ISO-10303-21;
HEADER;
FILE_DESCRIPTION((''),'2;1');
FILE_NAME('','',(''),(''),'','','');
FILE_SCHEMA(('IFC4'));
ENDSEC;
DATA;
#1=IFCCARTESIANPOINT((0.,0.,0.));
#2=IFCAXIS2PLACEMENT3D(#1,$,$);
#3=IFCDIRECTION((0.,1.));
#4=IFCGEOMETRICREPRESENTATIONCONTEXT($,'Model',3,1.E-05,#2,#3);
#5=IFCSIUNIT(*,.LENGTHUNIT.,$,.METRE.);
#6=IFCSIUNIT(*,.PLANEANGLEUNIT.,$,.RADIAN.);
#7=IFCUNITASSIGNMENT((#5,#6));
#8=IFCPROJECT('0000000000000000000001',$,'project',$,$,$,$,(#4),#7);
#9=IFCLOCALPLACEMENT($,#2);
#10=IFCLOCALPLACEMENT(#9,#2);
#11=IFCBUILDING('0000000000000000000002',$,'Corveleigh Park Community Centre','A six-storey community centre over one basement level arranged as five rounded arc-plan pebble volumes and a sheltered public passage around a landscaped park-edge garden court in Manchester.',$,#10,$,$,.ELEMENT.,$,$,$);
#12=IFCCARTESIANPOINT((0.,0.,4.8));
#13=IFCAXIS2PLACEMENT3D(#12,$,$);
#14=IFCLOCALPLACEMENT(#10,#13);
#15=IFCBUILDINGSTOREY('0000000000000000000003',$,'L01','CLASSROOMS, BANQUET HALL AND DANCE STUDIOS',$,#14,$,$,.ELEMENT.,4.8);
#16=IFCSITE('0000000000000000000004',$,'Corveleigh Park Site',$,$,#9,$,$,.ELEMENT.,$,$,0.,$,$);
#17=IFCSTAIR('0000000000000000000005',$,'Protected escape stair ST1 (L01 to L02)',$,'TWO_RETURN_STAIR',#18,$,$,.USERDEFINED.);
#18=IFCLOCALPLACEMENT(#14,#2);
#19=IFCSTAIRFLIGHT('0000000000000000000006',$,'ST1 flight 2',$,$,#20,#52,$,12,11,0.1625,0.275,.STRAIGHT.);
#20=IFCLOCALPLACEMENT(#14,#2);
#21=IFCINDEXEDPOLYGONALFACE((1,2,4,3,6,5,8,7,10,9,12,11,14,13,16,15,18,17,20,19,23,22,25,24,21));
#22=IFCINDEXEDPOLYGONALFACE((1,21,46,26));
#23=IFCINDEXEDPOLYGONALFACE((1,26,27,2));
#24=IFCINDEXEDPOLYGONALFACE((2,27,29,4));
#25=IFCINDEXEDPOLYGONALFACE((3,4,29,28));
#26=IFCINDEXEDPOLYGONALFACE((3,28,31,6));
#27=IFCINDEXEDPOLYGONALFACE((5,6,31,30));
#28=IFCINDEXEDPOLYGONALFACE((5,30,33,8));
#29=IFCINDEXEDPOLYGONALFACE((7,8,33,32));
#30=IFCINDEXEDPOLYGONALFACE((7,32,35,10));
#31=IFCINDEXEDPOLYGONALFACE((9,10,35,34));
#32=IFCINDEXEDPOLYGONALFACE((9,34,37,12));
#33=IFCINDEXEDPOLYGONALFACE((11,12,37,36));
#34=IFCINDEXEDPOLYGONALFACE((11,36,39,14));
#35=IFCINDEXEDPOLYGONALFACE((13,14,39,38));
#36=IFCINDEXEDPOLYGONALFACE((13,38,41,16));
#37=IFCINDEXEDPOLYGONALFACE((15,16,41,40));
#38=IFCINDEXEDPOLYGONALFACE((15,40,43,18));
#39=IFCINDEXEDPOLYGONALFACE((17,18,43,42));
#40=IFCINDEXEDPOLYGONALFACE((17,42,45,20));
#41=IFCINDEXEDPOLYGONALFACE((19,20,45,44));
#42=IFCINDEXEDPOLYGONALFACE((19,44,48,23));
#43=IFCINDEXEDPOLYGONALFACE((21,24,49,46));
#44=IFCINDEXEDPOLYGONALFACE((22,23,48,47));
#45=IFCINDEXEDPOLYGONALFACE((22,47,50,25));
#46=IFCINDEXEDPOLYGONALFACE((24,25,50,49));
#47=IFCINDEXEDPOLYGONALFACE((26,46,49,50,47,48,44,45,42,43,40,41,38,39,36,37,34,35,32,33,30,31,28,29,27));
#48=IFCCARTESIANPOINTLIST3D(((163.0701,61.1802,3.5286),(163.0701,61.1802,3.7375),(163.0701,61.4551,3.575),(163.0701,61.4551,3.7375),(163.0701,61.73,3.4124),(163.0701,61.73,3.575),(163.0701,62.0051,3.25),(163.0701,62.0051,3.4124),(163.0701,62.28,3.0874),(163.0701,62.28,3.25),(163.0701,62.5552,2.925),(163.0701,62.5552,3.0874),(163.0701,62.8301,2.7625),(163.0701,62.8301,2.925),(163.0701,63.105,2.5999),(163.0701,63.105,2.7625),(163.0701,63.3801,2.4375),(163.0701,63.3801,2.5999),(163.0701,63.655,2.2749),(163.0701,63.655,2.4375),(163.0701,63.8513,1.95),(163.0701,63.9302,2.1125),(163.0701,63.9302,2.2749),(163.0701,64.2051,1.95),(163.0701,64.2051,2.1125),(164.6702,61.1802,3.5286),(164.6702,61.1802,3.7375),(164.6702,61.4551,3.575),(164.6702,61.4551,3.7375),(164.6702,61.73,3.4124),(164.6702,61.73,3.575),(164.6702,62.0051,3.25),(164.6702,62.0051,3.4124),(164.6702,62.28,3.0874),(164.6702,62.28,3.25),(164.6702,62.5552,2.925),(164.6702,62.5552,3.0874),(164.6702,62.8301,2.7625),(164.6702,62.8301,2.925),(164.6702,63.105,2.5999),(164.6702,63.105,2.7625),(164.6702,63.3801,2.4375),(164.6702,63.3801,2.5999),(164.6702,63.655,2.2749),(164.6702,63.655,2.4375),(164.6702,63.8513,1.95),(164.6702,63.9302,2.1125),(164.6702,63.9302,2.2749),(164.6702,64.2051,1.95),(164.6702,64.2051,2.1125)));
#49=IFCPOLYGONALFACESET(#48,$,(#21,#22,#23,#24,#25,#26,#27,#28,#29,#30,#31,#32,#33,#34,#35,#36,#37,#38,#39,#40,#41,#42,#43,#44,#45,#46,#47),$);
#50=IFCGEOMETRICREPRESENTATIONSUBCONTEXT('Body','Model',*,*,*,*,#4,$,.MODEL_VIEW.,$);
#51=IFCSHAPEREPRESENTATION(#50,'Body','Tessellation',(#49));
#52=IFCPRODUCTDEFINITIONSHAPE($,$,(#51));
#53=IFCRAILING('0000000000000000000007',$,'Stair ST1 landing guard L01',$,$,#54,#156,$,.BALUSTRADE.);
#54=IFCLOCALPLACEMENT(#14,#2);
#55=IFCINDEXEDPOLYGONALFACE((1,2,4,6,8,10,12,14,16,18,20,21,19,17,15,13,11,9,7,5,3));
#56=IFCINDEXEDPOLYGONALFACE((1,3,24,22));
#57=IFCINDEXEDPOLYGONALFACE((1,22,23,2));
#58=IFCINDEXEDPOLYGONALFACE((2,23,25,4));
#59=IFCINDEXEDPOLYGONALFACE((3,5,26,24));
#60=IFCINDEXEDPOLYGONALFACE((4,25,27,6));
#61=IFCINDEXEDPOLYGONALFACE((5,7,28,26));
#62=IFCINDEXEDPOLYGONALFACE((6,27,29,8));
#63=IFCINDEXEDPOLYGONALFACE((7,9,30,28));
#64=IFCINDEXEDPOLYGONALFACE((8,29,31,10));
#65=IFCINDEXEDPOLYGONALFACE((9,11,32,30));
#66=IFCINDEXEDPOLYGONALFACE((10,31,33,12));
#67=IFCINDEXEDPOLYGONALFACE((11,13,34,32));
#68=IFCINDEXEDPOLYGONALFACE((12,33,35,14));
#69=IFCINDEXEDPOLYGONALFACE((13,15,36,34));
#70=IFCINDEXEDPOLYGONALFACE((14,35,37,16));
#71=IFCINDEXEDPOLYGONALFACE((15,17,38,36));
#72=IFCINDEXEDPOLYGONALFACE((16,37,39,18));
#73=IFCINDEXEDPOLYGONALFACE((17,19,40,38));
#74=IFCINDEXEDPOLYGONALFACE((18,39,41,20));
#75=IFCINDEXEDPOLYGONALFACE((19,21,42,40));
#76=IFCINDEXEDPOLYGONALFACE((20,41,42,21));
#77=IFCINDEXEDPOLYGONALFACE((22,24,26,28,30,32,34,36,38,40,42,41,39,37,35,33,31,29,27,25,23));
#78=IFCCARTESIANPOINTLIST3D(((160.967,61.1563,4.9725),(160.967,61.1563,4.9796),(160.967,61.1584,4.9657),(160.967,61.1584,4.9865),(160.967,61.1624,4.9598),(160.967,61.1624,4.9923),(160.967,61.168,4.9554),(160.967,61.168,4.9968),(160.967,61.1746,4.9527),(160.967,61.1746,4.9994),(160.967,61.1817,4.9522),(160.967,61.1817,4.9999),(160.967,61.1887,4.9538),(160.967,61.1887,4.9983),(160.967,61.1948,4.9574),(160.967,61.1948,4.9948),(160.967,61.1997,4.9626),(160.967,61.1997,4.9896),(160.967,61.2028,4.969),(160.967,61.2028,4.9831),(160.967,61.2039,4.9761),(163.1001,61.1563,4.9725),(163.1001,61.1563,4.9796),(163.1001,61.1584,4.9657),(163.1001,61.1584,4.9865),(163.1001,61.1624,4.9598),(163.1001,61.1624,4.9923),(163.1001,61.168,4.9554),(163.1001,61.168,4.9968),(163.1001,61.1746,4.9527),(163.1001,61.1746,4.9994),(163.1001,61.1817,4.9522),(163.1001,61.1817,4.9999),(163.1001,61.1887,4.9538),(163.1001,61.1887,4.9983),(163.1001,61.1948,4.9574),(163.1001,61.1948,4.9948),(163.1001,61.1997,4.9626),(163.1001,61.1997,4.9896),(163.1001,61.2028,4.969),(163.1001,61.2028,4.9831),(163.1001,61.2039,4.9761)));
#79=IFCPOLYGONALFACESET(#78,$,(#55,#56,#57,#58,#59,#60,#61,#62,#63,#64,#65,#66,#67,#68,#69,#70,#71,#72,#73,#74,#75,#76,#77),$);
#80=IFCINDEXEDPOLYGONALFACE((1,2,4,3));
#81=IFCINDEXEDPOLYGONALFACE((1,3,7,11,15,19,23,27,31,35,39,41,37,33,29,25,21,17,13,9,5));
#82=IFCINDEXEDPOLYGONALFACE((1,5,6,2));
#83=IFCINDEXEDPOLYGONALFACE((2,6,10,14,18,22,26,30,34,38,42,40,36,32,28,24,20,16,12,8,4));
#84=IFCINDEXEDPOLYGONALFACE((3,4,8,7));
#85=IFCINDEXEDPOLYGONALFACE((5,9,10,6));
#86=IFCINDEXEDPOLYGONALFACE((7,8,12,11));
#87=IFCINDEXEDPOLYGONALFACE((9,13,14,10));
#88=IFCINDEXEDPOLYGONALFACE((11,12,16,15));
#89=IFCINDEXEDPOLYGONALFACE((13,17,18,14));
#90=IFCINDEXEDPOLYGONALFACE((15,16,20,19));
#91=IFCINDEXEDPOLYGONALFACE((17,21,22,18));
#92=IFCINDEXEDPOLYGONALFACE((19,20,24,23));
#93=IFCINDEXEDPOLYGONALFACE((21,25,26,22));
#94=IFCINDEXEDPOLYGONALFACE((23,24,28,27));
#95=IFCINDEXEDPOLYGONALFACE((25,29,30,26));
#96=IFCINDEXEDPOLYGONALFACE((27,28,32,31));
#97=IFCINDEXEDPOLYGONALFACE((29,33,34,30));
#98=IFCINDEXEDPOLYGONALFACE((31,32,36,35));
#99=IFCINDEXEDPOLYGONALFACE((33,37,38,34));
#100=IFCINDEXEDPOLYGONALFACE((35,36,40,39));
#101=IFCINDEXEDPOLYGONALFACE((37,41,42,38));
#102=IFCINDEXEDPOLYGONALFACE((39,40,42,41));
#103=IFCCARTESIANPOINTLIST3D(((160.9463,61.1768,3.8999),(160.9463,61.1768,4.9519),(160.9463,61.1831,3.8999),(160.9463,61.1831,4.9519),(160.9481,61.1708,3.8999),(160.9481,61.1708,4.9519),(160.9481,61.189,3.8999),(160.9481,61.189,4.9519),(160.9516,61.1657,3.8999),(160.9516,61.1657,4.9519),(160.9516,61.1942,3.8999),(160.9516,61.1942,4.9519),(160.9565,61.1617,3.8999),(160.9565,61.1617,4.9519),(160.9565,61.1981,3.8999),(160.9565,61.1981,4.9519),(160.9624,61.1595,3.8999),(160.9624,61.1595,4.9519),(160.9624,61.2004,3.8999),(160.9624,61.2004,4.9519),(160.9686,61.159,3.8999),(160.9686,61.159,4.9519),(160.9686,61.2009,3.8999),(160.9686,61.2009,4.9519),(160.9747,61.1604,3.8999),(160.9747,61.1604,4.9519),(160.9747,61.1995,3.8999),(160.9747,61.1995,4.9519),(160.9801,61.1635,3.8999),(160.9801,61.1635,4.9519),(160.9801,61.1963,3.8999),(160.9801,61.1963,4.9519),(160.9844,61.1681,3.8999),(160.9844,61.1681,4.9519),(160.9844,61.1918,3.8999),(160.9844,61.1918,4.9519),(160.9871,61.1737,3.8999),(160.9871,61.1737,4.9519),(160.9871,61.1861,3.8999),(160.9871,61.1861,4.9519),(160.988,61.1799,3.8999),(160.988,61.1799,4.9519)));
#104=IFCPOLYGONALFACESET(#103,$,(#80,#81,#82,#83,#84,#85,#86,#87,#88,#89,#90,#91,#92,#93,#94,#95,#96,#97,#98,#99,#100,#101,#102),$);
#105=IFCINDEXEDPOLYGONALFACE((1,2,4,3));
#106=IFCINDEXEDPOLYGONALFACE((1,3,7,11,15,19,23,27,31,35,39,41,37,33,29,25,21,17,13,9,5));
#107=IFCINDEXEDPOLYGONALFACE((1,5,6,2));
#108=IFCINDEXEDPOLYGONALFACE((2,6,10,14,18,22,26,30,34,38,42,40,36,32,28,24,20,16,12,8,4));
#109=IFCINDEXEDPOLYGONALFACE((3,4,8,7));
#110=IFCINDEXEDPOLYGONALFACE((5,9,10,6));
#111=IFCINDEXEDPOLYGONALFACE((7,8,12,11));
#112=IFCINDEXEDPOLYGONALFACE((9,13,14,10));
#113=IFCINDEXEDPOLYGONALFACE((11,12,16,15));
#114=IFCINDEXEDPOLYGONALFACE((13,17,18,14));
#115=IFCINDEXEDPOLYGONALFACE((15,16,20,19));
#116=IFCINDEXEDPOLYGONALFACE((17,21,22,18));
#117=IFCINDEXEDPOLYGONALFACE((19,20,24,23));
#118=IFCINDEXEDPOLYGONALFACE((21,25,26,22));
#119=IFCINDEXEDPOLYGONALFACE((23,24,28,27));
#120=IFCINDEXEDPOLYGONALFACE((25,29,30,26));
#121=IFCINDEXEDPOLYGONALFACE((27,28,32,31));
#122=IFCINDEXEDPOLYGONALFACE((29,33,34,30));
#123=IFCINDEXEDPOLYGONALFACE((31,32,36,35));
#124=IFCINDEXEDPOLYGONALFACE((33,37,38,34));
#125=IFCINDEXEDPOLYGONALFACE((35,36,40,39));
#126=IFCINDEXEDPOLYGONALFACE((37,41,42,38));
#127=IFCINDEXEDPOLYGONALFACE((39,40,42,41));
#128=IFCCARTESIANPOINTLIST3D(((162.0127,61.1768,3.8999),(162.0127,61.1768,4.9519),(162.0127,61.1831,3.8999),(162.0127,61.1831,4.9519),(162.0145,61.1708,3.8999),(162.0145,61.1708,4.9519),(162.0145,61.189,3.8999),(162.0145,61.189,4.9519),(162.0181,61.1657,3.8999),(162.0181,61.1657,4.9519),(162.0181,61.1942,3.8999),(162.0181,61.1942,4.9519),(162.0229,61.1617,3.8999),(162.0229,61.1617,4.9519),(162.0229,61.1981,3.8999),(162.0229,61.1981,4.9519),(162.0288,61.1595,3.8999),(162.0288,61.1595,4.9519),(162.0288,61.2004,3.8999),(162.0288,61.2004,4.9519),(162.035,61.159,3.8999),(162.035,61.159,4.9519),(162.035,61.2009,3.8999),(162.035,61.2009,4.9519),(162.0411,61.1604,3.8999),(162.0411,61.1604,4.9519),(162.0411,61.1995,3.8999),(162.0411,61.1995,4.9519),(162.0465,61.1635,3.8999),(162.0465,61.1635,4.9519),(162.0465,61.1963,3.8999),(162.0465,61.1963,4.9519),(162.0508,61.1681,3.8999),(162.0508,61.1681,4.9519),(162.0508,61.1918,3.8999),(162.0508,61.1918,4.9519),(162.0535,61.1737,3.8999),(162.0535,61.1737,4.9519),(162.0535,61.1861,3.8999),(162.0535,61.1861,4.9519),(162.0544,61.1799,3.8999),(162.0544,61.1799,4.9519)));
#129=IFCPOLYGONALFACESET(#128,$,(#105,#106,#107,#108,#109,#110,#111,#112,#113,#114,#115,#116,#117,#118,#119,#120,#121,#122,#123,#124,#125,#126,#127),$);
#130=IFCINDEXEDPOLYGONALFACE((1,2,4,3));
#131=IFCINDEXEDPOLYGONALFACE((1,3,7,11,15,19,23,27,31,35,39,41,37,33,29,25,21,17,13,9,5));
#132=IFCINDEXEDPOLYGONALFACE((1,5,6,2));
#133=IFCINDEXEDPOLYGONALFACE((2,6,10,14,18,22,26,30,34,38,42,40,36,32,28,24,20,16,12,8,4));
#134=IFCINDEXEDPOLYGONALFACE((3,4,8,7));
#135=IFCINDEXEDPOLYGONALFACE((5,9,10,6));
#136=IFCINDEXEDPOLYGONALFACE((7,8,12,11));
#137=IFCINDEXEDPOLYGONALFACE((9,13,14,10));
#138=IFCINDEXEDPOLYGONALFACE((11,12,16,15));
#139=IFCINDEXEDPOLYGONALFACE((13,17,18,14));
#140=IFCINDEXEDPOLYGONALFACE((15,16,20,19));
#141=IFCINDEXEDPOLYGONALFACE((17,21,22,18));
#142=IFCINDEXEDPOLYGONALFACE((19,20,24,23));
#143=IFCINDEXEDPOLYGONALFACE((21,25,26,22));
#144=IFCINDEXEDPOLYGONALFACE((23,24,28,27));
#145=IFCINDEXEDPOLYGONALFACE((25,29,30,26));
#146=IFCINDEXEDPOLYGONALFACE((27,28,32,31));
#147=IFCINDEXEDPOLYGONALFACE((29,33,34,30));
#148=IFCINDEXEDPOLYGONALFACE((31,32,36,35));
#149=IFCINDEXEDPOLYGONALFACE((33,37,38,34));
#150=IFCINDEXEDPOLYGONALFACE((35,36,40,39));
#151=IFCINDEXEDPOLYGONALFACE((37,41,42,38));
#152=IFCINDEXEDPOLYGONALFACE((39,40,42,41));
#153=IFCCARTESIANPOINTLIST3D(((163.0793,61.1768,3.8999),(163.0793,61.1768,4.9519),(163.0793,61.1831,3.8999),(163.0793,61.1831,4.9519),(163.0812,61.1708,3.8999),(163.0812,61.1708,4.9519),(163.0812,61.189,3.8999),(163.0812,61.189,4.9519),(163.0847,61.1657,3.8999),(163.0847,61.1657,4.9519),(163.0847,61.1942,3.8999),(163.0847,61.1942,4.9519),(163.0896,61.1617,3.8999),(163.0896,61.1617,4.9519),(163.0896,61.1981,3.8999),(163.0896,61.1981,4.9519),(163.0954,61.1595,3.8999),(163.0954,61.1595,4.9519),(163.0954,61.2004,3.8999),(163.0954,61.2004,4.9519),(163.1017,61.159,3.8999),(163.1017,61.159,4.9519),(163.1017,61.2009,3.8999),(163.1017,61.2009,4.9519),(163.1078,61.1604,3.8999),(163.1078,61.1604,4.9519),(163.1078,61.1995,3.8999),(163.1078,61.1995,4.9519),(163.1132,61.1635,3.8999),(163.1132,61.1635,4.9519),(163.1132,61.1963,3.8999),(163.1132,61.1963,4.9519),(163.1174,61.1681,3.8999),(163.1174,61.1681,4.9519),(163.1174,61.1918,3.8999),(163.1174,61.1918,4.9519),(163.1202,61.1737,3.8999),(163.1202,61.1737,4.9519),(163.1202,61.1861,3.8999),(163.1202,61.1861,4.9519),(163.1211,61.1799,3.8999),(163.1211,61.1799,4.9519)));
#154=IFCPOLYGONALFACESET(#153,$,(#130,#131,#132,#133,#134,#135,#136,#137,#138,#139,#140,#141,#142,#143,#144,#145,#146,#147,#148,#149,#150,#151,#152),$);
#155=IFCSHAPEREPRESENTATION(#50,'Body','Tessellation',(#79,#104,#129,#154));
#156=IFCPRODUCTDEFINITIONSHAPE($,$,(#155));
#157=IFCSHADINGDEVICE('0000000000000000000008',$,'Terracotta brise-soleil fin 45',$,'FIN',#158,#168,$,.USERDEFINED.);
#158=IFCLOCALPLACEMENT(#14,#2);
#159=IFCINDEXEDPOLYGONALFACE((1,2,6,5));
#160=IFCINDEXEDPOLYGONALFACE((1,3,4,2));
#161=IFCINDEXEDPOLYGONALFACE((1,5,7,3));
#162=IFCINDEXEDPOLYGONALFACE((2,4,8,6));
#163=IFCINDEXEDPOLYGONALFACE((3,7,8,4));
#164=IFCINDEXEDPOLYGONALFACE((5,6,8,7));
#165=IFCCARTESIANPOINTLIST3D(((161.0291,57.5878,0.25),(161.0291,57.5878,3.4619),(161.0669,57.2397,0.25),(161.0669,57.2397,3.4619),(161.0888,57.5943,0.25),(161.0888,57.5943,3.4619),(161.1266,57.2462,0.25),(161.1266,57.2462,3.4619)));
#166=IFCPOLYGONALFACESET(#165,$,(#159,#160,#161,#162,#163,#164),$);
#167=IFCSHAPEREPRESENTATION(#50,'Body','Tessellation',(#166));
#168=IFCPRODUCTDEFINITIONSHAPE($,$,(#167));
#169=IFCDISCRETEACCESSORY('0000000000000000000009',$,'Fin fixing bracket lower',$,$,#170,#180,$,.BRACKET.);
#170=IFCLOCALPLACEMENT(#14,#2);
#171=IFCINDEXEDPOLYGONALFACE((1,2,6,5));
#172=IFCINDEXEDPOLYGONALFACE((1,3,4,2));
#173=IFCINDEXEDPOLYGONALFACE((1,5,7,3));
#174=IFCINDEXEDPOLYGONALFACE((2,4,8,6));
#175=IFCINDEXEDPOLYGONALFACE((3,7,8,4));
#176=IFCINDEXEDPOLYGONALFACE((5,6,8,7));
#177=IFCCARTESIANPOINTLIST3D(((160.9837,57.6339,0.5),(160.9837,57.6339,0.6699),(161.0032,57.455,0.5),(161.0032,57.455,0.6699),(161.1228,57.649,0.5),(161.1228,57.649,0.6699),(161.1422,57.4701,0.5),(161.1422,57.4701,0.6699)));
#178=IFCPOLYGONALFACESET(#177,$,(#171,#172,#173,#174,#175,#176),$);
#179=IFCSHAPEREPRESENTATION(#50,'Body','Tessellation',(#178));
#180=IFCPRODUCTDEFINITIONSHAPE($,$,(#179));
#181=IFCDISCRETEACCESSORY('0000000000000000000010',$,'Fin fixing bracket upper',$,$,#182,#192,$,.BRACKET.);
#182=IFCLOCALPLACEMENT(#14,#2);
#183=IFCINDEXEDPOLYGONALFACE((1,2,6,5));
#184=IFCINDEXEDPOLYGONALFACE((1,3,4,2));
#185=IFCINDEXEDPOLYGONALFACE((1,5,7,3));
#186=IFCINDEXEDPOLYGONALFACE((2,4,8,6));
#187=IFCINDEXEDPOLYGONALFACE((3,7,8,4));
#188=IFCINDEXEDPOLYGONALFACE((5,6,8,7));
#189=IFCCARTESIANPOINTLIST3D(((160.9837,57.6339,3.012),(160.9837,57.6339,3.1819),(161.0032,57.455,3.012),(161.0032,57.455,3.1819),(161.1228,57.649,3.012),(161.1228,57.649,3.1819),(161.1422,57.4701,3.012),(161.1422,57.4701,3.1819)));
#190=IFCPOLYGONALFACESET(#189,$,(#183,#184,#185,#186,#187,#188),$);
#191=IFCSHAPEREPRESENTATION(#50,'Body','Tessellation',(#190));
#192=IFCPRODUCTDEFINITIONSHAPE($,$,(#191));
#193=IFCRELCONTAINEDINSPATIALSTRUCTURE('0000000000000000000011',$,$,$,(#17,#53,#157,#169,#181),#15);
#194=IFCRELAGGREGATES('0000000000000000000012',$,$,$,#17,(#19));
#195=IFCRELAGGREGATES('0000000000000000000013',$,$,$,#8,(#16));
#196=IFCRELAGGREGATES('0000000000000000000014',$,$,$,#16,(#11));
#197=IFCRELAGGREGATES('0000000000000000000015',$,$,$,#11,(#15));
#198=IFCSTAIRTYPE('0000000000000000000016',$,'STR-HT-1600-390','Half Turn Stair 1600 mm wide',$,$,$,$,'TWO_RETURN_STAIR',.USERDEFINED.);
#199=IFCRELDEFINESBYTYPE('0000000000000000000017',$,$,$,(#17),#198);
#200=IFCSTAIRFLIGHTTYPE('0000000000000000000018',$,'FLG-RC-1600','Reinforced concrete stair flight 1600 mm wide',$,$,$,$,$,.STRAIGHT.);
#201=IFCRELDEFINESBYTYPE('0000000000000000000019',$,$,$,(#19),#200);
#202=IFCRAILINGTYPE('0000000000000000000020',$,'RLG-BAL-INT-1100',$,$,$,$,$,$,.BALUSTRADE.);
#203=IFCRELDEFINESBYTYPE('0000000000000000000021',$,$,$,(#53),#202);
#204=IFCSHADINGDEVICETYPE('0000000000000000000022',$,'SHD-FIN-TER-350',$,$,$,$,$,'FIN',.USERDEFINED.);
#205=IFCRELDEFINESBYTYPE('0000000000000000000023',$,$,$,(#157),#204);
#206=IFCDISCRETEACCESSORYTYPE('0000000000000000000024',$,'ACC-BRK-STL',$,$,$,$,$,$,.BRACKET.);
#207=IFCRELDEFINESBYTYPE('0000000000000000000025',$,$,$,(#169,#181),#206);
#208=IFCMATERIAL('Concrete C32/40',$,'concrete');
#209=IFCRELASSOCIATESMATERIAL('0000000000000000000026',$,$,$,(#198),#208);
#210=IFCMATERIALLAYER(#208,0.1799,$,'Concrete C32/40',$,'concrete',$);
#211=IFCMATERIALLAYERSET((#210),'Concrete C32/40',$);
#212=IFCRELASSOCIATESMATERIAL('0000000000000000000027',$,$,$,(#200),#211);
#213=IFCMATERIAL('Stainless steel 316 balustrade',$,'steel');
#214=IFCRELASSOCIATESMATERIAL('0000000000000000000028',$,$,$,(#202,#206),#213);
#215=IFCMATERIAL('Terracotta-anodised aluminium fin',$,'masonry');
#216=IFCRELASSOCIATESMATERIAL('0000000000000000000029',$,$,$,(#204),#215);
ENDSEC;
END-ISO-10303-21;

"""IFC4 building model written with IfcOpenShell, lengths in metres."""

from ifc_helpers import new_model, si_unit, direction, frame, origin, origin_2d, place, context, subcontext, project, spatial, polyline, rectangle, circle, outline, extrude, material, layer, layer_set, type_object, element, aggregate, save


model = new_model("IFC4")

# Units and contexts
model_context = context("Model", 3, precision=1e-05, world=origin(), true_north=direction((0.0, 1.0)))
body_context = subcontext(model_context, "Body", "Model", "MODEL_VIEW")
ifc_project = project(units=[si_unit("LENGTHUNIT", "METRE"), si_unit("PLANEANGLEUNIT", "RADIAN")], contexts=[model_context])

# Site, building, storey
site_placement = place(None, origin())
site = spatial("IfcSite", under=ifc_project, at=site_placement, Name="Corveleigh Park Site", CompositionType="ELEMENT", RefElevation=0.0)
building_placement = place(site_placement, origin())
building = spatial("IfcBuilding", under=site, at=building_placement, Name="Corveleigh Park Community Centre", Description="A six-storey community centre over one basement level arranged as five rounded arc-plan pebble volumes and a sheltered public passage around a landscaped park-edge garden court in Manchester.", CompositionType="ELEMENT")
storey_placement = place(building_placement, frame((0.0, 0.0, 4.8)))
storey = spatial("IfcBuildingStorey", under=building, at=storey_placement, Name="L01", Description="CLASSROOMS, BANQUET HALL AND DANCE STUDIOS", CompositionType="ELEMENT", Elevation=4.8)

# Stair, stair flight
ifc_material_1 = material(Name="Concrete C32/40", Category="concrete")
stair_type = type_object("IfcStairType", Name="STR-HT-1600-390", Description="Half Turn Stair 1600 mm wide", ElementType="TWO_RETURN_STAIR", PredefinedType="USERDEFINED", material=ifc_material_1)
stair_placement = place(storey_placement, origin())
stair = element("IfcStair", 1, at=stair_placement, inside=storey, type_object=stair_type, Name="Protected escape stair ST1 (L01 to L02)", ObjectType="TWO_RETURN_STAIR", PredefinedType="USERDEFINED")
ifc_layer_1 = layer(ifc_material_1, 0.1799, Name="Concrete C32/40", Category="concrete")
ifc_layer_set_1 = layer_set([ifc_layer_1], Name="Concrete C32/40")
stair_flight_type = type_object("IfcStairFlightType", Name="FLG-RC-1600", Description="Reinforced concrete stair flight 1600 mm wide", PredefinedType="STRAIGHT", material=ifc_layer_set_1)
stair_flight_1_placement = place(storey_placement, frame((163.8701, 64.2051, 1.95), z_axis=(0.0, 0.0, 1.0), x_axis=(0.0, -1.0, 0.0)))
stair_flight_1 = element("IfcStairFlight", 2, at=stair_flight_1_placement, type_object=stair_flight_type, Name="ST1 flight 2", NumberOfRisers=12, NumberOfTreads=11, PredefinedType="STRAIGHT", RiserHeight=0.1625, TreadLength=0.275, context=body_context, shape_type="SweptSolid", body=[
    extrude(outline(polyline([(0.0, 0.0), (0.0, 0.1626), (0.2749, 0.1626), (0.2749, 0.325), (0.55, 0.325), (0.55, 0.4875), (0.825, 0.4875), (0.825, 0.6499), (1.1001, 0.6499), (1.1001, 0.8125), (1.375, 0.8125), (1.375, 0.9751), (1.6499, 0.9751), (1.6499, 1.1375), (1.925, 1.1375), (1.925, 1.3), (2.2, 1.3), (2.2, 1.4624), (2.4751, 1.4624), (2.4751, 1.625), (2.75, 1.625), (2.75, 1.7876), (3.0249, 1.7876), (3.0249, 1.95), (3.0249, 1.5786), (0.3538, 0.0), (0.0, 0.0)])), frame((0.0, 0.8, 0.0), z_axis=(0.0, -1.0, 0.0), x_axis=(1.0, 0.0, 0.0)), (0.0, 0.0, 1.0), 1.6001),
])
aggregate(stair, [stair_flight_1])

# Railing
ifc_material_2 = material(Name="Stainless steel 316 balustrade", Category="steel")
railing_type = type_object("IfcRailingType", Name="RLG-BAL-INT-1100", PredefinedType="BALUSTRADE", material=ifc_material_2)
railing_1_placement = place(storey_placement, frame((160.967, 61.1799, 3.8999)))
element("IfcRailing", 3, at=railing_1_placement, inside=storey, type_object=railing_type, Name="Stair ST1 landing guard L01", PredefinedType="BALUSTRADE", context=body_context, shape_type="SweptSolid", body=[
    extrude(circle(Radius=0.0239, at=origin_2d()), frame((0.0, 0.0, 1.0762), z_axis=(1.0, 0.0, 0.0), x_axis=(0.0, 1.0, 0.0)), (0.0, 0.0, 1.0), 2.1331),
    extrude(circle(Radius=0.021, at=origin_2d()), origin(), (0.0, 0.0, 1.0), 1.052),
    extrude(circle(Radius=0.021, at=origin_2d()), frame((1.0664, 0.0, 0.0)), (0.0, 0.0, 1.0), 1.052),
    extrude(circle(Radius=0.021, at=origin_2d()), frame((2.1331, 0.0, 0.0)), (0.0, 0.0, 1.0), 1.052),
])

# Shading device
ifc_material_3 = material(Name="Terracotta-anodised aluminium fin", Category="masonry")
shading_device_type = type_object("IfcShadingDeviceType", Name="SHD-FIN-TER-350", ElementType="FIN", PredefinedType="USERDEFINED", material=ifc_material_3)
shading_device_placement = place(storey_placement, frame((161.0779, 57.417, 0.25), z_axis=(0.0, 0.0, 1.0), x_axis=(0.108005, -0.99415, 0.0)))
element("IfcShadingDevice", 4, at=shading_device_placement, inside=storey, type_object=shading_device_type, Name="Terracotta brise-soleil fin 45", ObjectType="FIN", PredefinedType="USERDEFINED", context=body_context, shape_type="SweptSolid", body=[
    extrude(rectangle(XDim=0.3501, YDim=0.0601, at=origin_2d()), origin(), (0.0, 0.0, 1.0), 3.2119),
])

# Discrete accessories
discrete_accessory_type = type_object("IfcDiscreteAccessoryType", Name="ACC-BRK-STL", PredefinedType="BRACKET", material=ifc_material_2)
for number, where, z_axis, x_axis, name in (
    (5, (161.063, 57.552, 0.5), (0.0, 0.0, 1.0), (0.108005, -0.99415, 0.0), "Fin fixing bracket lower"),
    (6, (161.063, 57.552, 3.012), (0.0, 0.0, 1.0), (0.108005, -0.99415, 0.0), "Fin fixing bracket upper"),
):
    element("IfcDiscreteAccessory", number, at=place(storey_placement, frame(where, z_axis=z_axis, x_axis=x_axis)), inside=storey, type_object=discrete_accessory_type, Name=name, PredefinedType="BRACKET", context=body_context, shape_type="SweptSolid", body=[
        extrude(rectangle(XDim=0.1799, YDim=0.1399, at=origin_2d()), origin(), (0.0, 0.0, 1.0), 0.1699),
    ])

save(model, "model.ifc")
